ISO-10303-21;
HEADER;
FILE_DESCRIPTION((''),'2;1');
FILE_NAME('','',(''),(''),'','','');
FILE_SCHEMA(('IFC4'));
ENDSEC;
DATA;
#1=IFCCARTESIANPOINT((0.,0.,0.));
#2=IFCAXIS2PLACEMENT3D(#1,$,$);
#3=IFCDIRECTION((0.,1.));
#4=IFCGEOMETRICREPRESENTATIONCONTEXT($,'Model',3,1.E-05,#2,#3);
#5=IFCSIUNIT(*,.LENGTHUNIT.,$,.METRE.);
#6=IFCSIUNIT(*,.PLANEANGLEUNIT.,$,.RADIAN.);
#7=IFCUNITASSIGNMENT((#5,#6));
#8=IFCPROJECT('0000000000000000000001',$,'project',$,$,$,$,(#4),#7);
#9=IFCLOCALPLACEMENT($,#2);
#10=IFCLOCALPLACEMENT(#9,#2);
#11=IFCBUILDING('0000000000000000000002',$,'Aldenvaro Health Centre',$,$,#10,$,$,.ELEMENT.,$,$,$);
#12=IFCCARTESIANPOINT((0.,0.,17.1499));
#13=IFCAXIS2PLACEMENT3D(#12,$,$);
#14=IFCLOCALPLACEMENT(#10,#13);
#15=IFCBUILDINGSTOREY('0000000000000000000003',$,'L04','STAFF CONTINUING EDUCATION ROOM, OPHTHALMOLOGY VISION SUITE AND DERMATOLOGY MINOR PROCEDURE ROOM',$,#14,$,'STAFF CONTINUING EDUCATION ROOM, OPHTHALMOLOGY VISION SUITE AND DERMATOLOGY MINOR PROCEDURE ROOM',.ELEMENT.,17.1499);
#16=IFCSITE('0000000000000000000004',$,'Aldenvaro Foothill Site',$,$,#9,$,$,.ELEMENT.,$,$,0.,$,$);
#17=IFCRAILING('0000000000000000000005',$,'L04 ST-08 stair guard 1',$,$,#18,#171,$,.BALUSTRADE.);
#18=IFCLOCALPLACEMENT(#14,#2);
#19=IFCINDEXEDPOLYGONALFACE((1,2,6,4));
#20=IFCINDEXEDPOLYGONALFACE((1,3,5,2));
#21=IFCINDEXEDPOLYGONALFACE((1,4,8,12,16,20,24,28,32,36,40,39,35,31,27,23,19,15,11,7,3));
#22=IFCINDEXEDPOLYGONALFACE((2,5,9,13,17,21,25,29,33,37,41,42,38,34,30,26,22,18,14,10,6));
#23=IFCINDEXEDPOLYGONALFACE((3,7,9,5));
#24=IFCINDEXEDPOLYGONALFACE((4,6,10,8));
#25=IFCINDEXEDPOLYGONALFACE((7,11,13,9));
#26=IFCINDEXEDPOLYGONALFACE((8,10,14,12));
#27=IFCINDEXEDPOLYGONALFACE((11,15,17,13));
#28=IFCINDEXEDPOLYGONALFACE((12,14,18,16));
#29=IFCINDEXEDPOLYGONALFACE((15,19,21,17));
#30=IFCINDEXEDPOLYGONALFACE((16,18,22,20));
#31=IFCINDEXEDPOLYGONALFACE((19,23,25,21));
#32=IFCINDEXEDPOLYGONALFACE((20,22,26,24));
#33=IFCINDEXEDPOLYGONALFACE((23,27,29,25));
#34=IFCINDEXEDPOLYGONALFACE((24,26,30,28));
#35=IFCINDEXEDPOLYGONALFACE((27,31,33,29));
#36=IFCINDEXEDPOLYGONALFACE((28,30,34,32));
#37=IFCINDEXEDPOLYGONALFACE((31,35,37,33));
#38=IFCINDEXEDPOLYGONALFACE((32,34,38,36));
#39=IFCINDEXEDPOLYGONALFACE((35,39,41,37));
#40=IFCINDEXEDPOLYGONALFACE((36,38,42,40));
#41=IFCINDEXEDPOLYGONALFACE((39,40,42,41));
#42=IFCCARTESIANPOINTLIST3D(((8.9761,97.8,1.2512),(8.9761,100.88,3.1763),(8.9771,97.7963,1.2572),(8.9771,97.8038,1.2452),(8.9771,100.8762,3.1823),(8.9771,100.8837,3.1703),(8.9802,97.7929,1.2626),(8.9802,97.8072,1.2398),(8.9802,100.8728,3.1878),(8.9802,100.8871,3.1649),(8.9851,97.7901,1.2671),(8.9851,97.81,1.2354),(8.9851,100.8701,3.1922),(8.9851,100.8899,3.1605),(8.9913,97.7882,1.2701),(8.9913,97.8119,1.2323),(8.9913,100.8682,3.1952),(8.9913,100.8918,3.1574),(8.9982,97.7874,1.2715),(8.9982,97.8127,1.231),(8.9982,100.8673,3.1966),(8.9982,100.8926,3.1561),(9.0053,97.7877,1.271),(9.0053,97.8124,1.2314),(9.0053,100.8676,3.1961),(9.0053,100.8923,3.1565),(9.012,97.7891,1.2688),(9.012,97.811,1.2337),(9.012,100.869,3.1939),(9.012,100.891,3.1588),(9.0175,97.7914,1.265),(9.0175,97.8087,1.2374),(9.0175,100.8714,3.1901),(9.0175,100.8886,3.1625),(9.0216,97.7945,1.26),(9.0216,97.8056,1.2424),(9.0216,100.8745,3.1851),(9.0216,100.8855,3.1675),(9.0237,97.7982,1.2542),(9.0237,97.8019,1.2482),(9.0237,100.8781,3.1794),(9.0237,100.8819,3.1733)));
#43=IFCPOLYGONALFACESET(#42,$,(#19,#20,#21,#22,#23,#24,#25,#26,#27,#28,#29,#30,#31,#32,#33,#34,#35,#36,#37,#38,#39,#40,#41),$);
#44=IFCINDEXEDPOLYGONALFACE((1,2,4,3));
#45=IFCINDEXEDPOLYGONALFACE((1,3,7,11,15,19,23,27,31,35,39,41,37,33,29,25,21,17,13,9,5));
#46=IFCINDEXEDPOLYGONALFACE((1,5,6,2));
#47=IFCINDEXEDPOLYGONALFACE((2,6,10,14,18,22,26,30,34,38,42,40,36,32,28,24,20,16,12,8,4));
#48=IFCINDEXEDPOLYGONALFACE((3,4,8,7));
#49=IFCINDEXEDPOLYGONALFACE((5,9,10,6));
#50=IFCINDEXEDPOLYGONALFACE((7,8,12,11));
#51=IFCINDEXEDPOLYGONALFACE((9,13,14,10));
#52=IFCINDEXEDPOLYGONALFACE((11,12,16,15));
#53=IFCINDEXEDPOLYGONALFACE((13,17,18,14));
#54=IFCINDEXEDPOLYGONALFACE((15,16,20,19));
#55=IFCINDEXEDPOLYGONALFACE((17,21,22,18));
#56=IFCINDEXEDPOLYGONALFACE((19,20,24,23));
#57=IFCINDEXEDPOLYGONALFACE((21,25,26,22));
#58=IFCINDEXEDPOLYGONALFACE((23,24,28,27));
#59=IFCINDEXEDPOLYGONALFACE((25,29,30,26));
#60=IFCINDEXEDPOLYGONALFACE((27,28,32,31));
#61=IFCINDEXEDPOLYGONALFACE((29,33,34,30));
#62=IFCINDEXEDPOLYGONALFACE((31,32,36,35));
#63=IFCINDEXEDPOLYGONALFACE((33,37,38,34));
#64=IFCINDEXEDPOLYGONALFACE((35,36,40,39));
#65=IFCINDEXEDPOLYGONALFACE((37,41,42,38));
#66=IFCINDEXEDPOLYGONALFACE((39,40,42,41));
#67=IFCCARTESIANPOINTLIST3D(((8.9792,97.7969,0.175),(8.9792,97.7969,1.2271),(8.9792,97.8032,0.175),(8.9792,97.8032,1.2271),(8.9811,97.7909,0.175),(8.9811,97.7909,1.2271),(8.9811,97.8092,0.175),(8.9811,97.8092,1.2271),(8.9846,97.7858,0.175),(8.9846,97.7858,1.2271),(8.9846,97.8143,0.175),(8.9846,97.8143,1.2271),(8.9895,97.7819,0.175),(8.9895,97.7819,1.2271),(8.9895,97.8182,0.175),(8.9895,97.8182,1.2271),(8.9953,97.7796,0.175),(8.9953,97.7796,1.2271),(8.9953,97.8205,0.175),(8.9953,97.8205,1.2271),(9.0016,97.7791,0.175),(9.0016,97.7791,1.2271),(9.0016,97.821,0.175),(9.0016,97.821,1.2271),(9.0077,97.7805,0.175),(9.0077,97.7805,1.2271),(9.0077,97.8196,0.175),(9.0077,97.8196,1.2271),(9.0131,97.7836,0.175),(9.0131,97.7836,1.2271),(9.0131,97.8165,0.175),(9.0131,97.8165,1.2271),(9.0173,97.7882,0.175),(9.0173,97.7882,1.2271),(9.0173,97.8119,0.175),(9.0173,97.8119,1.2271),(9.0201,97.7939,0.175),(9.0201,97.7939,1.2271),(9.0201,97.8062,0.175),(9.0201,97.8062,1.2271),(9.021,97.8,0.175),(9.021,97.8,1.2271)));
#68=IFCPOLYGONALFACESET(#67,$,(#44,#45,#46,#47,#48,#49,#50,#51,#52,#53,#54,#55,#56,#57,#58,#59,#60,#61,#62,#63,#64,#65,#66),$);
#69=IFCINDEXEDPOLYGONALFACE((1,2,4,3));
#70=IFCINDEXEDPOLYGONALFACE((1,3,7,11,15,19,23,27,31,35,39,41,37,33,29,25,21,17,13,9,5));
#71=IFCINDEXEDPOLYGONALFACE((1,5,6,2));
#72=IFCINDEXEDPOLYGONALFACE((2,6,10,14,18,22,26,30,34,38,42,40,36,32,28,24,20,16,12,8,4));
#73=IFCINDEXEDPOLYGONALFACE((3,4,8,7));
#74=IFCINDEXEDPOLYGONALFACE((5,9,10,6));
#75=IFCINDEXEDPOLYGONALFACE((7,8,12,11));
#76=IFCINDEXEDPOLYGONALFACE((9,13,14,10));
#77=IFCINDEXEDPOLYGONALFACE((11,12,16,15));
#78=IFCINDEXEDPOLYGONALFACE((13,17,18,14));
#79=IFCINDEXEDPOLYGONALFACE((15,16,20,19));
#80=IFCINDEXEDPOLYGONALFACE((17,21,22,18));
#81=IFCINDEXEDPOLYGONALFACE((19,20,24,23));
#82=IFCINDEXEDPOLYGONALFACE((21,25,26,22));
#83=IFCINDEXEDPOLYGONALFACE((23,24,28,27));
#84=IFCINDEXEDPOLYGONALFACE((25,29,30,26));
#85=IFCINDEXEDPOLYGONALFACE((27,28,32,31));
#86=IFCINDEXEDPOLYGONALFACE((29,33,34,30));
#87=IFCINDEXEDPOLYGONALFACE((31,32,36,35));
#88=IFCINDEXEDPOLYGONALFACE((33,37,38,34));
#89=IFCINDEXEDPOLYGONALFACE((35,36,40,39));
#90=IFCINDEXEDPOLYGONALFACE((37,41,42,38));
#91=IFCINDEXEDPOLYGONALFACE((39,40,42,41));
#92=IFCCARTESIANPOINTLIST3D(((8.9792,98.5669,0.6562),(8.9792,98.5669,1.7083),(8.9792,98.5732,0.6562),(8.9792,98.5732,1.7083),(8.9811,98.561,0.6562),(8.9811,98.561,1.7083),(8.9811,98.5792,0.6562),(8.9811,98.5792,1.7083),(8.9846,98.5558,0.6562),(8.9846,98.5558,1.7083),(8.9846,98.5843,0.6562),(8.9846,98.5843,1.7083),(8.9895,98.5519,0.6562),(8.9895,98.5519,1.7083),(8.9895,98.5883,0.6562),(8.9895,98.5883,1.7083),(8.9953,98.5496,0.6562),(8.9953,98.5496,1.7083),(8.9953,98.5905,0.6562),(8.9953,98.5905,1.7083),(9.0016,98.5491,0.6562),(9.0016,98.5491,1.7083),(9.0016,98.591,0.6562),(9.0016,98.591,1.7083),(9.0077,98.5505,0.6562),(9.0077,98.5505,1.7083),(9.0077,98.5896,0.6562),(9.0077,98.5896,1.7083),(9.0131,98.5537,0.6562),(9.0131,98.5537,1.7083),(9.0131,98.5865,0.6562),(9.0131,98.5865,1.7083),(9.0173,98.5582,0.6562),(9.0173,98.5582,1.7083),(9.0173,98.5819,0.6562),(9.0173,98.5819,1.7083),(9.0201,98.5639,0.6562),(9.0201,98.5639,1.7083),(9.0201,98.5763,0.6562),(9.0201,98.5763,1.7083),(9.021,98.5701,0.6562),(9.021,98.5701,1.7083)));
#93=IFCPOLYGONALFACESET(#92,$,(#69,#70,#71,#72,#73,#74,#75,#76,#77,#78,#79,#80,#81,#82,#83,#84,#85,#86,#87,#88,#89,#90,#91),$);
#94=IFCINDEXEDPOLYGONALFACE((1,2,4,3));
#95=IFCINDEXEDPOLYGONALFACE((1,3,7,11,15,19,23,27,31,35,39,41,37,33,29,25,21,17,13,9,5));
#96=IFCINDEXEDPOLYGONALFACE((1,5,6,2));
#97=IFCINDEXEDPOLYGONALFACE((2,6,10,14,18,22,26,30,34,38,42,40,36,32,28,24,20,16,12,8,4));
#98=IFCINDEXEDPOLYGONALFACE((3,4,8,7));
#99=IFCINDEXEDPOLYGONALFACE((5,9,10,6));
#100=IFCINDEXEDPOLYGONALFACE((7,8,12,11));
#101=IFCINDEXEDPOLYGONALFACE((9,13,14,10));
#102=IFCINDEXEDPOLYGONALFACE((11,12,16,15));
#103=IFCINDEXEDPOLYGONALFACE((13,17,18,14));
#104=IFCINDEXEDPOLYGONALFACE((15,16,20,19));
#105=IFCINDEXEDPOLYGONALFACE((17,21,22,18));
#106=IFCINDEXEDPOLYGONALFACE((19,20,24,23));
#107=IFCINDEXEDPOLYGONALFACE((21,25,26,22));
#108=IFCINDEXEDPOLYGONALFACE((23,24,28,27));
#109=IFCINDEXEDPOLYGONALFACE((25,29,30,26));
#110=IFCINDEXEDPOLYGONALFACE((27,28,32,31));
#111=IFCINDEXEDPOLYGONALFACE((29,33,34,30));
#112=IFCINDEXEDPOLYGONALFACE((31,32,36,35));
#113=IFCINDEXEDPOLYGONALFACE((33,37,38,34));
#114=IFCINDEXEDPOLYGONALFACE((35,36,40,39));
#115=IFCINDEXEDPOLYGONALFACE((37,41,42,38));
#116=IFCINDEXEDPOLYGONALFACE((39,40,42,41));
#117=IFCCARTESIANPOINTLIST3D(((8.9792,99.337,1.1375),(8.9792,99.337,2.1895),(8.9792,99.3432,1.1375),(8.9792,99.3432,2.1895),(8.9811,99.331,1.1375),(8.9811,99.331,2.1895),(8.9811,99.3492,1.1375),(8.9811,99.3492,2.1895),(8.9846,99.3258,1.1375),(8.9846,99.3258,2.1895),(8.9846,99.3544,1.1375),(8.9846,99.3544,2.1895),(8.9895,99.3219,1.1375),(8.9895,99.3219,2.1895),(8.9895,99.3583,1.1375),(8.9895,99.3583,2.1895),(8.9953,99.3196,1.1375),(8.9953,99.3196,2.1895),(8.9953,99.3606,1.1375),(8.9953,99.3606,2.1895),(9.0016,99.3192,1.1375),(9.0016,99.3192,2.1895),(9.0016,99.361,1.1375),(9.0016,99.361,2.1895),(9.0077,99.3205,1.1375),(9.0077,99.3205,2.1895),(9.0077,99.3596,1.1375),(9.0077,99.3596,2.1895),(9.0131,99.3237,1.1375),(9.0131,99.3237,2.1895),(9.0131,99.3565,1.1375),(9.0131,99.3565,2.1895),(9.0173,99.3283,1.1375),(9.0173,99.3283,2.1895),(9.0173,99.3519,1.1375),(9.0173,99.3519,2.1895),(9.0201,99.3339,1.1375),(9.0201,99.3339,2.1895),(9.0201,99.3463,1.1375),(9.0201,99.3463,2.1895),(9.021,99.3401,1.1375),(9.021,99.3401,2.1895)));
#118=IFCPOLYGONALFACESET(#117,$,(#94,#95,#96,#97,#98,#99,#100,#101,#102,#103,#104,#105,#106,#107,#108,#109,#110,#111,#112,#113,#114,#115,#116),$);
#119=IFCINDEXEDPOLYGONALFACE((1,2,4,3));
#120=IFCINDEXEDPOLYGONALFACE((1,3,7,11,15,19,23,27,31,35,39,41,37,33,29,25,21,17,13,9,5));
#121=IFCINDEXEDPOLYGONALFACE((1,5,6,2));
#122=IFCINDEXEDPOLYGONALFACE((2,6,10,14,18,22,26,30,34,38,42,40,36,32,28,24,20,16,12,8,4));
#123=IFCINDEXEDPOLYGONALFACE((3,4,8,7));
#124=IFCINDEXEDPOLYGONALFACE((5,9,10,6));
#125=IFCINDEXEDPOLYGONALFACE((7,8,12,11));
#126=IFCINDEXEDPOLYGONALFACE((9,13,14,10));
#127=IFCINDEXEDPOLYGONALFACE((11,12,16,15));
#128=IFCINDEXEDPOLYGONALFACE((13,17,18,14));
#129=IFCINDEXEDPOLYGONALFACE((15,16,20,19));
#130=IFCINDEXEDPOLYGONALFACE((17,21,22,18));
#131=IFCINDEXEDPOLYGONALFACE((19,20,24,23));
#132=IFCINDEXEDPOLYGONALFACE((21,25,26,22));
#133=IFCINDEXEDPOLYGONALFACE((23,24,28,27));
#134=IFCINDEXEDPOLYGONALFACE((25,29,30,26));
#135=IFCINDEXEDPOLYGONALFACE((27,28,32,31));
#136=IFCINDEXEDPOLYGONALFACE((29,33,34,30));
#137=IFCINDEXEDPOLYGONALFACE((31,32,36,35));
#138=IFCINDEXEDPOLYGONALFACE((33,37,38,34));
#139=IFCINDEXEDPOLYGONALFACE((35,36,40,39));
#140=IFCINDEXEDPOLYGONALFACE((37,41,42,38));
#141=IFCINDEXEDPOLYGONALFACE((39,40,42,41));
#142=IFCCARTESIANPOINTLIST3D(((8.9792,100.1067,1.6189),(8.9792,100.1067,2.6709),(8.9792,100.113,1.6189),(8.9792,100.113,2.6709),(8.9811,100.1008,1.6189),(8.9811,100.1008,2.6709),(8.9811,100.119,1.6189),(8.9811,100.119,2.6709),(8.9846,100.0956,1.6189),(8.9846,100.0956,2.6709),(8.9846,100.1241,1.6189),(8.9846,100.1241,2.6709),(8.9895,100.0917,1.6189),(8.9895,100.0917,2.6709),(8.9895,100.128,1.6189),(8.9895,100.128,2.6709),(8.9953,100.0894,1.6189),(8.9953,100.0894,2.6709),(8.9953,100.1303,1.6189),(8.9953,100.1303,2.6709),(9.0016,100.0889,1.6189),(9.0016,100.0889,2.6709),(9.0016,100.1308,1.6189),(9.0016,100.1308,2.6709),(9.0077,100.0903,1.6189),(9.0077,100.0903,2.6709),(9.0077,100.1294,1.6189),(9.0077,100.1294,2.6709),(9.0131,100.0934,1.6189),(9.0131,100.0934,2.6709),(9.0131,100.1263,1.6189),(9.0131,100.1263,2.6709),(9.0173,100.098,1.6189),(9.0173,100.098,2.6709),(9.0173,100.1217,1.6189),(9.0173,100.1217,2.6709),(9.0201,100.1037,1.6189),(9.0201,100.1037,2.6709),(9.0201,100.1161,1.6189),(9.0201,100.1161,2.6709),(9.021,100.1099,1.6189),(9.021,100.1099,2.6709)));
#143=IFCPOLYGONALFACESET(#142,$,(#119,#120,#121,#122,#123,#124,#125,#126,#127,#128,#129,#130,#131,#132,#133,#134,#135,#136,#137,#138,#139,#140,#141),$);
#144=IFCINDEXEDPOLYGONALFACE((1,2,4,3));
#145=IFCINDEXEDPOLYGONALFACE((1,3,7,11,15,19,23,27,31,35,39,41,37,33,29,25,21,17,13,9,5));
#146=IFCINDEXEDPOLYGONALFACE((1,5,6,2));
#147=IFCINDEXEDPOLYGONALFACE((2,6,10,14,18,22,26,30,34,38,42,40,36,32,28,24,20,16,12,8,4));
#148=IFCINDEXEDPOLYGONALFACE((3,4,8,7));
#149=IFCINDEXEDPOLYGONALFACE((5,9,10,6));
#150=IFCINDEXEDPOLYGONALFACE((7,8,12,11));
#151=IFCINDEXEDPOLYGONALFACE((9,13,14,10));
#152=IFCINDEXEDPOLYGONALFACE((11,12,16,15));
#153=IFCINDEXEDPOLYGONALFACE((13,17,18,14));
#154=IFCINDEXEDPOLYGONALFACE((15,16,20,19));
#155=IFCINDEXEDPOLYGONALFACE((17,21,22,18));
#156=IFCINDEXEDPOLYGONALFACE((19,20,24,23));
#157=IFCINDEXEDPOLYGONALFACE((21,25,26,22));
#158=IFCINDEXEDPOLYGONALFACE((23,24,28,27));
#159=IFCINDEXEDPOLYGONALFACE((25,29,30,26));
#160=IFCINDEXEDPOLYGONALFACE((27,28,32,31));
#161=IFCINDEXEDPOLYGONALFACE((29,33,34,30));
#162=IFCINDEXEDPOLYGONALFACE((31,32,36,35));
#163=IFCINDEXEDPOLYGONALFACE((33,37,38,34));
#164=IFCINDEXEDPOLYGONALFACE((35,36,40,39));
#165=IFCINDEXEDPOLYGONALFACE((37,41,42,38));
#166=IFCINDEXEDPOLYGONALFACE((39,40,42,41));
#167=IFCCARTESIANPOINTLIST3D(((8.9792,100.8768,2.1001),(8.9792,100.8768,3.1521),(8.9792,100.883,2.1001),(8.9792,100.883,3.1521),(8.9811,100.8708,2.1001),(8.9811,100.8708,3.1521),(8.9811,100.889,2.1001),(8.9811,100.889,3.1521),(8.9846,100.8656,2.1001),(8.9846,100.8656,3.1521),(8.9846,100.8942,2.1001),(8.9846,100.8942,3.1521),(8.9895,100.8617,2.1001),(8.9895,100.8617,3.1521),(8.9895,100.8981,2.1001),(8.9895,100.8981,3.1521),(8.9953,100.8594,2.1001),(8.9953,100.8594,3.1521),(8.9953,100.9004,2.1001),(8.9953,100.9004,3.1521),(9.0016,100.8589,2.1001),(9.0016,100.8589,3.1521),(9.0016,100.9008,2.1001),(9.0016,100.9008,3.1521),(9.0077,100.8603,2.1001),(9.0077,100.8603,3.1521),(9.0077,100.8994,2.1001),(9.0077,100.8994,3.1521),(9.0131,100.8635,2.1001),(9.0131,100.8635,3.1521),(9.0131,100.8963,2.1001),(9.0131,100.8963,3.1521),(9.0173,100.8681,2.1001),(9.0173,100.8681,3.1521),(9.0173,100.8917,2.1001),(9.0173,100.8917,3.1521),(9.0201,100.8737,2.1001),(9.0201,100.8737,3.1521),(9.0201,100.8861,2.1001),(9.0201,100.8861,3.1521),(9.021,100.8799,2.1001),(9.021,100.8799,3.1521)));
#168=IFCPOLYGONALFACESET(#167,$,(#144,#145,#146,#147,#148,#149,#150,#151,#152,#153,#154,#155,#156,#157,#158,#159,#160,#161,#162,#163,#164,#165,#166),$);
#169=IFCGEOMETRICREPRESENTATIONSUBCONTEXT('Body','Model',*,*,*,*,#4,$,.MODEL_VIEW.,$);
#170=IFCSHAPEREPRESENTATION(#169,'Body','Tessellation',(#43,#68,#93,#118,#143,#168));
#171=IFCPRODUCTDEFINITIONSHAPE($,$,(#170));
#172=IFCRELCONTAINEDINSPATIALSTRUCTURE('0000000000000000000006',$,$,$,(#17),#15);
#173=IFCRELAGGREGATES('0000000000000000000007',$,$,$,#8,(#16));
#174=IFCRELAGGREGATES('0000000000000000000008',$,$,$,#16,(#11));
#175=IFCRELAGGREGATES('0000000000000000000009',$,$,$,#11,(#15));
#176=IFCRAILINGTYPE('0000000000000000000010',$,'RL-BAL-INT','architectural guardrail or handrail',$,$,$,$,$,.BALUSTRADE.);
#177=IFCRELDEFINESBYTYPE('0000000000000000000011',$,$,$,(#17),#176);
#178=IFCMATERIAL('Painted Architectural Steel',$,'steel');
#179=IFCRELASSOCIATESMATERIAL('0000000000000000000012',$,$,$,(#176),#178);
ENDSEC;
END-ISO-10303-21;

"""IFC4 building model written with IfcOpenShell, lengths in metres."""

from ifc_helpers import new_model, si_unit, direction, frame, origin, origin_2d, place, context, subcontext, project, spatial, circle, extrude, material, type_object, element, save


model = new_model("IFC4")

# Units and contexts
model_context = context("Model", 3, precision=1e-05, world=origin(), true_north=direction((0.0, 1.0)))
body_context = subcontext(model_context, "Body", "Model", "MODEL_VIEW")
ifc_project = project(units=[si_unit("LENGTHUNIT", "METRE"), si_unit("PLANEANGLEUNIT", "RADIAN")], contexts=[model_context])

# Site, building, storey
site_placement = place(None, origin())
site = spatial("IfcSite", under=ifc_project, at=site_placement, Name="Aldenvaro Foothill Site", CompositionType="ELEMENT", RefElevation=0.0)
building_placement = place(site_placement, origin())
building = spatial("IfcBuilding", under=site, at=building_placement, Name="Aldenvaro Health Centre", CompositionType="ELEMENT")
storey_placement = place(building_placement, frame((0.0, 0.0, 17.1499)))
storey = spatial("IfcBuildingStorey", under=building, at=storey_placement, Name="L04", Description="STAFF CONTINUING EDUCATION ROOM, OPHTHALMOLOGY VISION SUITE AND DERMATOLOGY MINOR PROCEDURE ROOM", LongName="STAFF CONTINUING EDUCATION ROOM, OPHTHALMOLOGY VISION SUITE AND DERMATOLOGY MINOR PROCEDURE ROOM", CompositionType="ELEMENT", Elevation=17.1499)

# Railing
ifc_material_1 = material(Name="Painted Architectural Steel", Category="steel")
railing_type_1 = type_object("IfcRailingType", Name="RL-BAL-INT", Description="architectural guardrail or handrail", PredefinedType="BALUSTRADE", material=ifc_material_1)
railing_1_placement = place(storey_placement, frame((9.0, 97.8, 0.175)))
element("IfcRailing", 1, at=railing_1_placement, inside=storey, type_object=railing_type_1, Name="L04 ST-08 stair guard 1", PredefinedType="BALUSTRADE", context=body_context, shape_type="SweptSolid", body=[
    extrude(circle(Radius=0.0239, at=origin_2d()), frame((0.0, 0.0, 1.0762), z_axis=(0.0, 0.847979, 0.530029), x_axis=(-1.0, 0.0, 0.0)), (0.0, 0.0, 1.0), 3.6321),
    extrude(circle(Radius=0.021, at=origin_2d()), origin(), (0.0, 0.0, 1.0), 1.052),
    extrude(circle(Radius=0.021, at=origin_2d()), frame((0.0, 0.77, 0.4812)), (0.0, 0.0, 1.0), 1.052),
    extrude(circle(Radius=0.021, at=origin_2d()), frame((0.0, 1.54, 0.9624)), (0.0, 0.0, 1.0), 1.052),
    extrude(circle(Radius=0.021, at=origin_2d()), frame((0.0, 2.3098, 1.4438)), (0.0, 0.0, 1.0), 1.052),
    extrude(circle(Radius=0.021, at=origin_2d()), frame((0.0, 3.0798, 1.925)), (0.0, 0.0, 1.0), 1.052),
])

save(model, "model.ifc")
